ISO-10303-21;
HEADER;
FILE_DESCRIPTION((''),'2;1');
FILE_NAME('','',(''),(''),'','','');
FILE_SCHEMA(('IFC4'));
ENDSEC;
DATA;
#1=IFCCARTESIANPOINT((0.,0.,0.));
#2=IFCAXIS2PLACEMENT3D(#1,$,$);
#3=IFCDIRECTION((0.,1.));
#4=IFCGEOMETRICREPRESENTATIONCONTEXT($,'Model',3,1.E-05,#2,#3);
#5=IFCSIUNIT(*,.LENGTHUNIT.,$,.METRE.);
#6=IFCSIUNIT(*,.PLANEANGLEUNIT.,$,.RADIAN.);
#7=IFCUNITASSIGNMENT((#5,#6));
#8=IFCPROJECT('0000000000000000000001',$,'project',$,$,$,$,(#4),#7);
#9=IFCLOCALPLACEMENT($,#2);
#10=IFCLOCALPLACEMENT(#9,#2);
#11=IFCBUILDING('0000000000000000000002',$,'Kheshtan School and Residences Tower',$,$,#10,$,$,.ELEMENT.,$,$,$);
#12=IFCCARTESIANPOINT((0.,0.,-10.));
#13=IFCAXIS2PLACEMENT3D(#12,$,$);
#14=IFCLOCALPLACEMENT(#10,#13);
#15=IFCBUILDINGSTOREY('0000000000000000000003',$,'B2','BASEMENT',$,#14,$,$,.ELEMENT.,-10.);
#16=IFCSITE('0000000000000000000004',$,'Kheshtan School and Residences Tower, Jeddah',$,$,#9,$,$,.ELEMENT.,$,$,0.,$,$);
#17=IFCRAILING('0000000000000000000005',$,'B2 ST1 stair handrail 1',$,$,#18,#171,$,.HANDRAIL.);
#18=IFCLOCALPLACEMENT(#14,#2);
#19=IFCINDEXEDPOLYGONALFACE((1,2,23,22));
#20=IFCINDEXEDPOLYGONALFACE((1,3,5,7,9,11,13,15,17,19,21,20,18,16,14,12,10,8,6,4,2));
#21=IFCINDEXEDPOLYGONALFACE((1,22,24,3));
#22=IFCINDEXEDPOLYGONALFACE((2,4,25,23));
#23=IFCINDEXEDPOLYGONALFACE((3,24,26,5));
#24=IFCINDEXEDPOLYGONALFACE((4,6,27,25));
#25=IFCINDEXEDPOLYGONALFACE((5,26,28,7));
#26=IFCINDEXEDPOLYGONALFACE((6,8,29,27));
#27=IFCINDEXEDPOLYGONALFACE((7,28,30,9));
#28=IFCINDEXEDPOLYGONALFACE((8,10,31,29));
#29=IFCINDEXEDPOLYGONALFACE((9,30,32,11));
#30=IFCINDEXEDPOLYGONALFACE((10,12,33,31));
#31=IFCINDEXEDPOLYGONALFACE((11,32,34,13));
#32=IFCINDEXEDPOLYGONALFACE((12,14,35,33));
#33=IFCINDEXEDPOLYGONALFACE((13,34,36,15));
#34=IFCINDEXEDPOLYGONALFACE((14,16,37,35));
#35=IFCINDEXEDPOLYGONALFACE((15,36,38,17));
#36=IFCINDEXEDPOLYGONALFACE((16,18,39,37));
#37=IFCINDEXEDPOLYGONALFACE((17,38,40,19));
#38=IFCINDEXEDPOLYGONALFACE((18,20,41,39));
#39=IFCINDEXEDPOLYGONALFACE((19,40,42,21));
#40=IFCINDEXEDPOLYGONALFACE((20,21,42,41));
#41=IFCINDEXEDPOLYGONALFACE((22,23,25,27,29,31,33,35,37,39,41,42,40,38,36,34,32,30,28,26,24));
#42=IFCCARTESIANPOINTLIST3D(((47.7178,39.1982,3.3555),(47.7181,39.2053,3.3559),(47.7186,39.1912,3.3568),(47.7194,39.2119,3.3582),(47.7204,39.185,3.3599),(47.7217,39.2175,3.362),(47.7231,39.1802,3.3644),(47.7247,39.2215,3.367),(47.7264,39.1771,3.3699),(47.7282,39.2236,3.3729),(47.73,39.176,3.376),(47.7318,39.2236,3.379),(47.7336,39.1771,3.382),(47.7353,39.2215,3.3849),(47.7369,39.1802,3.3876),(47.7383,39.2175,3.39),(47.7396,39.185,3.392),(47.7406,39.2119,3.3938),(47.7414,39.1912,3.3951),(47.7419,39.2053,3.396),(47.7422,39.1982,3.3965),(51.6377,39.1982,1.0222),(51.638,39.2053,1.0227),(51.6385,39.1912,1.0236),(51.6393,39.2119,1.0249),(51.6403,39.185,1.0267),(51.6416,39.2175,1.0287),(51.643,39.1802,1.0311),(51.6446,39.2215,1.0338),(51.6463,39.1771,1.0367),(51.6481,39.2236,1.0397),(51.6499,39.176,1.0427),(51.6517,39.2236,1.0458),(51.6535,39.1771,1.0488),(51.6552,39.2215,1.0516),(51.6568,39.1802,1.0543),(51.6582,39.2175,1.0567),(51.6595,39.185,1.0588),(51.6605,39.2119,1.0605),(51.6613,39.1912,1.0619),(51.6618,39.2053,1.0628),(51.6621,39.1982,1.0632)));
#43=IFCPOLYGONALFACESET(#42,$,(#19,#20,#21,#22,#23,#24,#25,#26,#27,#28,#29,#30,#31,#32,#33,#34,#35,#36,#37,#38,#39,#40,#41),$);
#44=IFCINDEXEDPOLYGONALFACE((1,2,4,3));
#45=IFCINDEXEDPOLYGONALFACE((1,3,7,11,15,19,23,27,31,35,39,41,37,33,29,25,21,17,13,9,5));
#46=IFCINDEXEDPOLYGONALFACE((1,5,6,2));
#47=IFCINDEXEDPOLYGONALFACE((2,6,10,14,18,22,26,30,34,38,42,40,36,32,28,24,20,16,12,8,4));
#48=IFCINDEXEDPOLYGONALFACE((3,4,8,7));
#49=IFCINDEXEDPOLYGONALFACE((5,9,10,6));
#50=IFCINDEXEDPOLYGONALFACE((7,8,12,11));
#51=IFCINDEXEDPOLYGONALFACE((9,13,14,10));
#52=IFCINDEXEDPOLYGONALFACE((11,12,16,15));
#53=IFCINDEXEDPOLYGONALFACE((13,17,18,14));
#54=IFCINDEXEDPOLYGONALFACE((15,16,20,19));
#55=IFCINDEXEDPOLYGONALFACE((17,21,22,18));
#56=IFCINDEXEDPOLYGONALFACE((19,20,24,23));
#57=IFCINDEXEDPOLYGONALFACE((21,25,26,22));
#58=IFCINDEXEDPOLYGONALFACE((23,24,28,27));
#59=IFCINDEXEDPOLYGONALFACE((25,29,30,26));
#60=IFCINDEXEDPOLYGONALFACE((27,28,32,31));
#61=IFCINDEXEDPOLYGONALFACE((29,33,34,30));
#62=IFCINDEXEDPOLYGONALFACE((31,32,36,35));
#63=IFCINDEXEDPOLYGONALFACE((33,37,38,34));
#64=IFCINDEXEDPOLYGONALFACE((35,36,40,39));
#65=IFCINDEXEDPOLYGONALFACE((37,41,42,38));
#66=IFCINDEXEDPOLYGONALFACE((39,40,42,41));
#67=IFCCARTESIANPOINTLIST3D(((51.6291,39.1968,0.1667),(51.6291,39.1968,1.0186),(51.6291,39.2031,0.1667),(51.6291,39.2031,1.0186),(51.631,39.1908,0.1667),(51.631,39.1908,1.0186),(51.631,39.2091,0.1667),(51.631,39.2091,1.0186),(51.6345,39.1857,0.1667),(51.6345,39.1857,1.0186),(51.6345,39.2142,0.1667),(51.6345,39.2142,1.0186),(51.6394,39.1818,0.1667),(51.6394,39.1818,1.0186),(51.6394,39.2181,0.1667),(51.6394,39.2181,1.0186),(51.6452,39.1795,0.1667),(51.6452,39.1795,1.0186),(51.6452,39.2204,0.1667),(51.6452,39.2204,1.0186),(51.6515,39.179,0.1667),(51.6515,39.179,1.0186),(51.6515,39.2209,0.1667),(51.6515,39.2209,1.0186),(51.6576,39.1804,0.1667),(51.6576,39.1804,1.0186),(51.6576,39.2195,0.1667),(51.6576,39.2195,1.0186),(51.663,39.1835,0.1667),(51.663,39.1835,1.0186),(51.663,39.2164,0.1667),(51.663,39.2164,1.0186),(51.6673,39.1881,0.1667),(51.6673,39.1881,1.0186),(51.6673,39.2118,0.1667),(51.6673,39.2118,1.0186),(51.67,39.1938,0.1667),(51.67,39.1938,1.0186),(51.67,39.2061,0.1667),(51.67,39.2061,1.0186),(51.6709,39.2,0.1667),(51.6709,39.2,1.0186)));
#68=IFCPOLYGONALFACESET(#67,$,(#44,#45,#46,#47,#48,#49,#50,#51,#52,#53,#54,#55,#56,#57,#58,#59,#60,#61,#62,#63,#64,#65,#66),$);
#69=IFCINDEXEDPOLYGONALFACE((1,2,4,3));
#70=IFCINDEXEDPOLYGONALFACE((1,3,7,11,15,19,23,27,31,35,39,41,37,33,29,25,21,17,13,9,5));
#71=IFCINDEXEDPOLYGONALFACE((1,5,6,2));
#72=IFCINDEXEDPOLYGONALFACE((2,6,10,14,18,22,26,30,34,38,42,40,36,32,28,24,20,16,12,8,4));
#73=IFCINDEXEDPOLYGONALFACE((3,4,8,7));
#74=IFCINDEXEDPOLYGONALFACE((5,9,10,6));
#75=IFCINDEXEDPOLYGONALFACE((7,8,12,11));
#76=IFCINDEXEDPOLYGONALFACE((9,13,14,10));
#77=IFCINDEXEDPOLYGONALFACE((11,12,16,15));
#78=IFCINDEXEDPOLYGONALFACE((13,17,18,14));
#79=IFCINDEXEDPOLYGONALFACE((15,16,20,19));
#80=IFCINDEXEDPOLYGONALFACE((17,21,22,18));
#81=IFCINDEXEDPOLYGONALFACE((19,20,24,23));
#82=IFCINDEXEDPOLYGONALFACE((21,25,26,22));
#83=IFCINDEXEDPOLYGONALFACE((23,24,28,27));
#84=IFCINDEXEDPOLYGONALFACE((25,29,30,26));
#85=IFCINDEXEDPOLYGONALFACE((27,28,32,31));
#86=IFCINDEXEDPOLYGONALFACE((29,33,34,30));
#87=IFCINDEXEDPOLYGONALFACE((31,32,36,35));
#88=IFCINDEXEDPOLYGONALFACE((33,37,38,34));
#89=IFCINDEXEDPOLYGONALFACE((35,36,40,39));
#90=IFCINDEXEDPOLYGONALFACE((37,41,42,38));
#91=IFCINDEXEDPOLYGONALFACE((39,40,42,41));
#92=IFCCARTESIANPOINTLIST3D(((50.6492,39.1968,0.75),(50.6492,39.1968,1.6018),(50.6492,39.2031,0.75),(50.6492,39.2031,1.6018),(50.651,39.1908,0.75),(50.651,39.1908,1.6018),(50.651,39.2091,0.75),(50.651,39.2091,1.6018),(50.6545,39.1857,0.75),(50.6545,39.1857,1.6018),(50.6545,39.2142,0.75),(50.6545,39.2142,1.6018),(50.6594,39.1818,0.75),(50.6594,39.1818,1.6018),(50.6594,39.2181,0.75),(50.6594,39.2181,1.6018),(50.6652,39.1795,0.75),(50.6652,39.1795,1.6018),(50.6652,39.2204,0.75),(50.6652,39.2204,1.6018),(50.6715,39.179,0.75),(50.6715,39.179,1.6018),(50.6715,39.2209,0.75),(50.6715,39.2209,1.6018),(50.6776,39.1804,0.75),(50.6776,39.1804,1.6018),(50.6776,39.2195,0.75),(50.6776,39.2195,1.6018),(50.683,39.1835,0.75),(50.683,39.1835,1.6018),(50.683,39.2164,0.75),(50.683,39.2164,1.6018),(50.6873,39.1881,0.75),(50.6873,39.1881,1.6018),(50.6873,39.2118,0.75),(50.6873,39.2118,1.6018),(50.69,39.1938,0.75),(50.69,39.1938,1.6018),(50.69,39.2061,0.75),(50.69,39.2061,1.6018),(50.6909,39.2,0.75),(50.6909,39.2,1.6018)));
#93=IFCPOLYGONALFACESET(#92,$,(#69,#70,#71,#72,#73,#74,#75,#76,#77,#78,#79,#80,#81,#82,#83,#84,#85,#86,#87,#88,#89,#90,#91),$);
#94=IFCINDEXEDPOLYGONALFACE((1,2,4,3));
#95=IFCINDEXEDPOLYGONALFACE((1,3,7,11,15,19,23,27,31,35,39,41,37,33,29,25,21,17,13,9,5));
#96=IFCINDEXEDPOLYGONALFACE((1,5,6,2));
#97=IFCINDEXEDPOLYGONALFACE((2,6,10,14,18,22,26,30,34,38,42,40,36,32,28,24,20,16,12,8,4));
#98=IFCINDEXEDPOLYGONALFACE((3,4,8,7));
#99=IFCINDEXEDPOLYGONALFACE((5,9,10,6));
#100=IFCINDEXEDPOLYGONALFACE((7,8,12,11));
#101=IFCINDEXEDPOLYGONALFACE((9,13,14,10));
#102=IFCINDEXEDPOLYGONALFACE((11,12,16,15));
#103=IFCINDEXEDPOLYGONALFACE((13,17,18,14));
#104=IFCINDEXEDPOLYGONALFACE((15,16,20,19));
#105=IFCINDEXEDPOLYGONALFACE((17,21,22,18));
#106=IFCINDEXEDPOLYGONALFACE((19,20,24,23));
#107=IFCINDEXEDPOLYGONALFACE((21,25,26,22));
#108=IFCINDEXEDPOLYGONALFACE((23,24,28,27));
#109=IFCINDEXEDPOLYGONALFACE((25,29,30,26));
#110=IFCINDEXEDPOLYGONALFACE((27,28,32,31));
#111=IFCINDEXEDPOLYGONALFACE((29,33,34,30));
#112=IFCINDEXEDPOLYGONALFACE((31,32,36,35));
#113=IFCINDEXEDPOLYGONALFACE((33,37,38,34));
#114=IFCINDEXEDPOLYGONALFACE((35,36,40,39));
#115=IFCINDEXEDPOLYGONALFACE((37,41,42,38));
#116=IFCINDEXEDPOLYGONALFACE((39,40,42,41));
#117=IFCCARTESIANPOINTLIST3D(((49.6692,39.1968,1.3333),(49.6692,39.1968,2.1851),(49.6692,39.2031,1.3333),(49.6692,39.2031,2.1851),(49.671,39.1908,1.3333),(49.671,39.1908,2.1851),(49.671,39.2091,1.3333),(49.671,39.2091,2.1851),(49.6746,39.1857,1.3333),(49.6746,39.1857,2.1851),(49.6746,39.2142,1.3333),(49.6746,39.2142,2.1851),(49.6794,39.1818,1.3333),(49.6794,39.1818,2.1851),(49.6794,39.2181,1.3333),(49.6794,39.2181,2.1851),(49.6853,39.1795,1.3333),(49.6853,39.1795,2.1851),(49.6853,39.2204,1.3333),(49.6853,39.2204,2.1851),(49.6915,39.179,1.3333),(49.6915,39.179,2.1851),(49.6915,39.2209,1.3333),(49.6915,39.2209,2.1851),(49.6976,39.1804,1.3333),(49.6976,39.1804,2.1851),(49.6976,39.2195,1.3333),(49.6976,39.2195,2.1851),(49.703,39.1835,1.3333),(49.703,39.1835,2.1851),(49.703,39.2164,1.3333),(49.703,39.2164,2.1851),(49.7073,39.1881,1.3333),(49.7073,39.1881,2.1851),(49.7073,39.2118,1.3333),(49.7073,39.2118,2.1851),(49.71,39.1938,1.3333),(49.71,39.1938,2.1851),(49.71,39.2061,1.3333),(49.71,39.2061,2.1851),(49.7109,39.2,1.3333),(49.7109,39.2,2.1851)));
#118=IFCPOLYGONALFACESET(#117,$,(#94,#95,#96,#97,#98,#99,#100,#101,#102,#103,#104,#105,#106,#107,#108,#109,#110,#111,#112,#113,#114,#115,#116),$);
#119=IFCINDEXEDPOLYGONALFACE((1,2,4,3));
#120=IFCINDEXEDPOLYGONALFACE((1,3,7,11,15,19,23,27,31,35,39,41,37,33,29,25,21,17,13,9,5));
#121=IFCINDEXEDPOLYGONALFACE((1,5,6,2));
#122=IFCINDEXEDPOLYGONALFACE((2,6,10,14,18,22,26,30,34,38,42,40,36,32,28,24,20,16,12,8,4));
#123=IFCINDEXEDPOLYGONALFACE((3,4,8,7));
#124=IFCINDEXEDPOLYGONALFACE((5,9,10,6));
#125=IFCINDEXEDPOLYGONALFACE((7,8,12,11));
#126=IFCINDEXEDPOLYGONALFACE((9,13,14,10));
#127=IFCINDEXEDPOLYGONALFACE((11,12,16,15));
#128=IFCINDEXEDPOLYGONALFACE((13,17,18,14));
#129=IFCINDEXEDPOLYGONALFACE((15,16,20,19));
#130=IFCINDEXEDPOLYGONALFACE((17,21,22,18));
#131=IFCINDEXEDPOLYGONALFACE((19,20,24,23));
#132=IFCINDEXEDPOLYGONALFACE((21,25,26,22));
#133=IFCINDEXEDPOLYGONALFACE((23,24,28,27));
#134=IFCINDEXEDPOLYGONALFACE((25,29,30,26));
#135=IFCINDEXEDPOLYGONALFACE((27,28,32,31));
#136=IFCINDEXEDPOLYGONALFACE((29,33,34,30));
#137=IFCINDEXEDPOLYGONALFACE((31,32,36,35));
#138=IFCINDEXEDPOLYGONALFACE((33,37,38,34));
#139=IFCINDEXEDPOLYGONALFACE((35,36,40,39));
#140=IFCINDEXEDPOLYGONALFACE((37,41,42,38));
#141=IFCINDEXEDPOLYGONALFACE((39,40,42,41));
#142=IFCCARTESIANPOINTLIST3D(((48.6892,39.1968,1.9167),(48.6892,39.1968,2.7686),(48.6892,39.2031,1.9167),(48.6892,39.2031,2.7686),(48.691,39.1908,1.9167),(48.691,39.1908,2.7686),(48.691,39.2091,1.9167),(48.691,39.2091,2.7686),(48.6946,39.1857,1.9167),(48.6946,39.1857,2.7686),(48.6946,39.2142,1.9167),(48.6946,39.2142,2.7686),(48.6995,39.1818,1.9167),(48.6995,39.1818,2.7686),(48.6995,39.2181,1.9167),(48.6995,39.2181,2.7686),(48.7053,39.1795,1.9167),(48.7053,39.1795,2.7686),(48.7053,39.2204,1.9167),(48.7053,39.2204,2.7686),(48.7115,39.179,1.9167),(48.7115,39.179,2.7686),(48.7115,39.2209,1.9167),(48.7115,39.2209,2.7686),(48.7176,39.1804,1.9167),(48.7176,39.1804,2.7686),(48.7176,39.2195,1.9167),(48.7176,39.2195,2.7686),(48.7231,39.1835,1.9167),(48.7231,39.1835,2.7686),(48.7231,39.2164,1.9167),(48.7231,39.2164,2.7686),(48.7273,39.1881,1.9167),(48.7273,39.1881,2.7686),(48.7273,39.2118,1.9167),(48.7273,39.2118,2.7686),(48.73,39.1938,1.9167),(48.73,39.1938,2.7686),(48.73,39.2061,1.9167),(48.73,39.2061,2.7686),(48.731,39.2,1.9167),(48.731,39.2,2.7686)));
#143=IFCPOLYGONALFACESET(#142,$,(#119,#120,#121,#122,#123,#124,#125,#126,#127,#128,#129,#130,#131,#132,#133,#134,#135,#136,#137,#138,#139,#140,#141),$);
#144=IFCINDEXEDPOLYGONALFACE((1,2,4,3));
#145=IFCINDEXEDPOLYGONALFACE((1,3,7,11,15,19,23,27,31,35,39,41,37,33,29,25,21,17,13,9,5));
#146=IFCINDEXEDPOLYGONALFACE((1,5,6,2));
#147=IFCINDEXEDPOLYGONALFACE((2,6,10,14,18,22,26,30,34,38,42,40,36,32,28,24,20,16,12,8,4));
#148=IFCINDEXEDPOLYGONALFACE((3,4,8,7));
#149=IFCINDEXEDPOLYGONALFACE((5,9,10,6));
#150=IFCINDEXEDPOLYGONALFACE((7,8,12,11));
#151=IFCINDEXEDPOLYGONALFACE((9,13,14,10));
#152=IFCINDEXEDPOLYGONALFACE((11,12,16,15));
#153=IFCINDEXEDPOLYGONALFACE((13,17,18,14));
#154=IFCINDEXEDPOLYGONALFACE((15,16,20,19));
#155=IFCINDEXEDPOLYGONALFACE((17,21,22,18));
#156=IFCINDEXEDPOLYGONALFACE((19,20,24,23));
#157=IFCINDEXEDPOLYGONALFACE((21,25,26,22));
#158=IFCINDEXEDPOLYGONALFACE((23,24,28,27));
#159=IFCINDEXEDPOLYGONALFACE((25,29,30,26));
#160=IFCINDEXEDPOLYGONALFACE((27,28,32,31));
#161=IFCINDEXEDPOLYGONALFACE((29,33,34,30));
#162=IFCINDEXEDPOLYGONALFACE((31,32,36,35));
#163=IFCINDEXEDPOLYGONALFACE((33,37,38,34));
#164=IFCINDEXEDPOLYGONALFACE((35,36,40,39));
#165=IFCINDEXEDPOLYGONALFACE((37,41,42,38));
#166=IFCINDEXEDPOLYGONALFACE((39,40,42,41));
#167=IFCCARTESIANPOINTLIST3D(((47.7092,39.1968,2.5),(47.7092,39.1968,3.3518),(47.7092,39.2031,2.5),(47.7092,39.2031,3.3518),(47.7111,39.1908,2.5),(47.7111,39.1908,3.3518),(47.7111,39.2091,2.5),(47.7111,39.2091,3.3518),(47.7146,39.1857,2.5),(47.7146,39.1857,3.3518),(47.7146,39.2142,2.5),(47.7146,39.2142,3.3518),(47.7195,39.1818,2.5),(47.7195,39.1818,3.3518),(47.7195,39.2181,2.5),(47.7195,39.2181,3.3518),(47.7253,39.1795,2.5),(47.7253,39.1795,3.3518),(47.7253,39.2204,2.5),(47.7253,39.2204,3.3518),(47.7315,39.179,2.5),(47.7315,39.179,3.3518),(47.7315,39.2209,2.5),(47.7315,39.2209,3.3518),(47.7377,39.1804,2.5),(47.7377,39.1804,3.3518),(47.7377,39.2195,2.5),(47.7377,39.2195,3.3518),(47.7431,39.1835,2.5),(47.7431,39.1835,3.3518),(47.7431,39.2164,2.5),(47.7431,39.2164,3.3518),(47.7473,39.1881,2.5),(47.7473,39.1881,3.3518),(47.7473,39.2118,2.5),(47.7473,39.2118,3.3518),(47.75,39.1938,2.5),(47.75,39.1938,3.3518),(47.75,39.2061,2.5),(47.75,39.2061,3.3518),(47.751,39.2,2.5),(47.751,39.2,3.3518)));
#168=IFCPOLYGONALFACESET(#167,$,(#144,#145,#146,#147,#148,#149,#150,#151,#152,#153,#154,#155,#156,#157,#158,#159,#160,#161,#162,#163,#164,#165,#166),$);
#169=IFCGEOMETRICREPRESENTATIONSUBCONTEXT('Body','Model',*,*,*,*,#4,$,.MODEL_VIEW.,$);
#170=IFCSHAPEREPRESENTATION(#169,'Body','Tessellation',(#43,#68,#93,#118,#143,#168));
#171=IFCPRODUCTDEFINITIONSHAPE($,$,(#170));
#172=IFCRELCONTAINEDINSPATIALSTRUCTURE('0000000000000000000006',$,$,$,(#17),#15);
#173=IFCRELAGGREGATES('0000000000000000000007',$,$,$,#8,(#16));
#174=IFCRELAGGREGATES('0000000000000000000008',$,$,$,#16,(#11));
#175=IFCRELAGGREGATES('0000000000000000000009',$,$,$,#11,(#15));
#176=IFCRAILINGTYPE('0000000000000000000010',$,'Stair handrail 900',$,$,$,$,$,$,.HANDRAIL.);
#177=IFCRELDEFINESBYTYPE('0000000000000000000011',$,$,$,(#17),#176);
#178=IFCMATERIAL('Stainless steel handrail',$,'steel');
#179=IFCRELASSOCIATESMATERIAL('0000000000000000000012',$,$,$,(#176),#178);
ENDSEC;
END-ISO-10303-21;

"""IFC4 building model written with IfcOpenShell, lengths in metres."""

from ifc_helpers import new_model, si_unit, direction, frame, origin, origin_2d, place, context, subcontext, project, spatial, circle, extrude, material, type_object, element, save


model = new_model("IFC4")

# Units and contexts
model_context = context("Model", 3, precision=1e-05, world=origin(), true_north=direction((0.0, 1.0)))
body_context = subcontext(model_context, "Body", "Model", "MODEL_VIEW")
ifc_project = project(units=[si_unit("LENGTHUNIT", "METRE"), si_unit("PLANEANGLEUNIT", "RADIAN")], contexts=[model_context])

# Site, building, storey
site_placement = place(None, origin())
site = spatial("IfcSite", under=ifc_project, at=site_placement, Name="Kheshtan School and Residences Tower, Jeddah", CompositionType="ELEMENT", RefElevation=0.0)
building_placement = place(site_placement, origin())
building = spatial("IfcBuilding", under=site, at=building_placement, Name="Kheshtan School and Residences Tower", CompositionType="ELEMENT")
storey_placement = place(building_placement, frame((0.0, 0.0, -10.0)))
storey = spatial("IfcBuildingStorey", under=building, at=storey_placement, Name="B2", Description="BASEMENT", CompositionType="ELEMENT", Elevation=-10.0)

# Railing
ifc_material_1 = material(Name="Stainless steel handrail", Category="steel")
railing_type_1 = type_object("IfcRailingType", Name="Stair handrail 900", PredefinedType="HANDRAIL", material=ifc_material_1)
railing_1_placement = place(storey_placement, frame((51.6499, 39.2, 0.1667)))
element("IfcRailing", 1, at=railing_1_placement, inside=storey, type_object=railing_type_1, Name="B2 ST1 stair handrail 1", PredefinedType="HANDRAIL", context=body_context, shape_type="SweptSolid", body=[
    extrude(circle(Radius=0.0239, at=origin_2d()), frame((0.0, 0.0, 0.876), z_axis=(-0.859296, 0.0, 0.511478), x_axis=(0.0, -1.0, 0.0)), (0.0, 0.0, 1.0), 4.5618),
    extrude(circle(Radius=0.021, at=origin_2d()), origin(), (0.0, 0.0, 1.0), 0.8518),
    extrude(circle(Radius=0.021, at=origin_2d()), frame((-0.98, 0.0, 0.5833)), (0.0, 0.0, 1.0), 0.8518),
    extrude(circle(Radius=0.021, at=origin_2d()), frame((-1.96, 0.0, 1.1665)), (0.0, 0.0, 1.0), 0.8518),
    extrude(circle(Radius=0.021, at=origin_2d()), frame((-2.9399, 0.0, 1.75)), (0.0, 0.0, 1.0), 0.8518),
    extrude(circle(Radius=0.021, at=origin_2d()), frame((-3.9199, 0.0, 2.3333)), (0.0, 0.0, 1.0), 0.8518),
])

save(model, "model.ifc")
